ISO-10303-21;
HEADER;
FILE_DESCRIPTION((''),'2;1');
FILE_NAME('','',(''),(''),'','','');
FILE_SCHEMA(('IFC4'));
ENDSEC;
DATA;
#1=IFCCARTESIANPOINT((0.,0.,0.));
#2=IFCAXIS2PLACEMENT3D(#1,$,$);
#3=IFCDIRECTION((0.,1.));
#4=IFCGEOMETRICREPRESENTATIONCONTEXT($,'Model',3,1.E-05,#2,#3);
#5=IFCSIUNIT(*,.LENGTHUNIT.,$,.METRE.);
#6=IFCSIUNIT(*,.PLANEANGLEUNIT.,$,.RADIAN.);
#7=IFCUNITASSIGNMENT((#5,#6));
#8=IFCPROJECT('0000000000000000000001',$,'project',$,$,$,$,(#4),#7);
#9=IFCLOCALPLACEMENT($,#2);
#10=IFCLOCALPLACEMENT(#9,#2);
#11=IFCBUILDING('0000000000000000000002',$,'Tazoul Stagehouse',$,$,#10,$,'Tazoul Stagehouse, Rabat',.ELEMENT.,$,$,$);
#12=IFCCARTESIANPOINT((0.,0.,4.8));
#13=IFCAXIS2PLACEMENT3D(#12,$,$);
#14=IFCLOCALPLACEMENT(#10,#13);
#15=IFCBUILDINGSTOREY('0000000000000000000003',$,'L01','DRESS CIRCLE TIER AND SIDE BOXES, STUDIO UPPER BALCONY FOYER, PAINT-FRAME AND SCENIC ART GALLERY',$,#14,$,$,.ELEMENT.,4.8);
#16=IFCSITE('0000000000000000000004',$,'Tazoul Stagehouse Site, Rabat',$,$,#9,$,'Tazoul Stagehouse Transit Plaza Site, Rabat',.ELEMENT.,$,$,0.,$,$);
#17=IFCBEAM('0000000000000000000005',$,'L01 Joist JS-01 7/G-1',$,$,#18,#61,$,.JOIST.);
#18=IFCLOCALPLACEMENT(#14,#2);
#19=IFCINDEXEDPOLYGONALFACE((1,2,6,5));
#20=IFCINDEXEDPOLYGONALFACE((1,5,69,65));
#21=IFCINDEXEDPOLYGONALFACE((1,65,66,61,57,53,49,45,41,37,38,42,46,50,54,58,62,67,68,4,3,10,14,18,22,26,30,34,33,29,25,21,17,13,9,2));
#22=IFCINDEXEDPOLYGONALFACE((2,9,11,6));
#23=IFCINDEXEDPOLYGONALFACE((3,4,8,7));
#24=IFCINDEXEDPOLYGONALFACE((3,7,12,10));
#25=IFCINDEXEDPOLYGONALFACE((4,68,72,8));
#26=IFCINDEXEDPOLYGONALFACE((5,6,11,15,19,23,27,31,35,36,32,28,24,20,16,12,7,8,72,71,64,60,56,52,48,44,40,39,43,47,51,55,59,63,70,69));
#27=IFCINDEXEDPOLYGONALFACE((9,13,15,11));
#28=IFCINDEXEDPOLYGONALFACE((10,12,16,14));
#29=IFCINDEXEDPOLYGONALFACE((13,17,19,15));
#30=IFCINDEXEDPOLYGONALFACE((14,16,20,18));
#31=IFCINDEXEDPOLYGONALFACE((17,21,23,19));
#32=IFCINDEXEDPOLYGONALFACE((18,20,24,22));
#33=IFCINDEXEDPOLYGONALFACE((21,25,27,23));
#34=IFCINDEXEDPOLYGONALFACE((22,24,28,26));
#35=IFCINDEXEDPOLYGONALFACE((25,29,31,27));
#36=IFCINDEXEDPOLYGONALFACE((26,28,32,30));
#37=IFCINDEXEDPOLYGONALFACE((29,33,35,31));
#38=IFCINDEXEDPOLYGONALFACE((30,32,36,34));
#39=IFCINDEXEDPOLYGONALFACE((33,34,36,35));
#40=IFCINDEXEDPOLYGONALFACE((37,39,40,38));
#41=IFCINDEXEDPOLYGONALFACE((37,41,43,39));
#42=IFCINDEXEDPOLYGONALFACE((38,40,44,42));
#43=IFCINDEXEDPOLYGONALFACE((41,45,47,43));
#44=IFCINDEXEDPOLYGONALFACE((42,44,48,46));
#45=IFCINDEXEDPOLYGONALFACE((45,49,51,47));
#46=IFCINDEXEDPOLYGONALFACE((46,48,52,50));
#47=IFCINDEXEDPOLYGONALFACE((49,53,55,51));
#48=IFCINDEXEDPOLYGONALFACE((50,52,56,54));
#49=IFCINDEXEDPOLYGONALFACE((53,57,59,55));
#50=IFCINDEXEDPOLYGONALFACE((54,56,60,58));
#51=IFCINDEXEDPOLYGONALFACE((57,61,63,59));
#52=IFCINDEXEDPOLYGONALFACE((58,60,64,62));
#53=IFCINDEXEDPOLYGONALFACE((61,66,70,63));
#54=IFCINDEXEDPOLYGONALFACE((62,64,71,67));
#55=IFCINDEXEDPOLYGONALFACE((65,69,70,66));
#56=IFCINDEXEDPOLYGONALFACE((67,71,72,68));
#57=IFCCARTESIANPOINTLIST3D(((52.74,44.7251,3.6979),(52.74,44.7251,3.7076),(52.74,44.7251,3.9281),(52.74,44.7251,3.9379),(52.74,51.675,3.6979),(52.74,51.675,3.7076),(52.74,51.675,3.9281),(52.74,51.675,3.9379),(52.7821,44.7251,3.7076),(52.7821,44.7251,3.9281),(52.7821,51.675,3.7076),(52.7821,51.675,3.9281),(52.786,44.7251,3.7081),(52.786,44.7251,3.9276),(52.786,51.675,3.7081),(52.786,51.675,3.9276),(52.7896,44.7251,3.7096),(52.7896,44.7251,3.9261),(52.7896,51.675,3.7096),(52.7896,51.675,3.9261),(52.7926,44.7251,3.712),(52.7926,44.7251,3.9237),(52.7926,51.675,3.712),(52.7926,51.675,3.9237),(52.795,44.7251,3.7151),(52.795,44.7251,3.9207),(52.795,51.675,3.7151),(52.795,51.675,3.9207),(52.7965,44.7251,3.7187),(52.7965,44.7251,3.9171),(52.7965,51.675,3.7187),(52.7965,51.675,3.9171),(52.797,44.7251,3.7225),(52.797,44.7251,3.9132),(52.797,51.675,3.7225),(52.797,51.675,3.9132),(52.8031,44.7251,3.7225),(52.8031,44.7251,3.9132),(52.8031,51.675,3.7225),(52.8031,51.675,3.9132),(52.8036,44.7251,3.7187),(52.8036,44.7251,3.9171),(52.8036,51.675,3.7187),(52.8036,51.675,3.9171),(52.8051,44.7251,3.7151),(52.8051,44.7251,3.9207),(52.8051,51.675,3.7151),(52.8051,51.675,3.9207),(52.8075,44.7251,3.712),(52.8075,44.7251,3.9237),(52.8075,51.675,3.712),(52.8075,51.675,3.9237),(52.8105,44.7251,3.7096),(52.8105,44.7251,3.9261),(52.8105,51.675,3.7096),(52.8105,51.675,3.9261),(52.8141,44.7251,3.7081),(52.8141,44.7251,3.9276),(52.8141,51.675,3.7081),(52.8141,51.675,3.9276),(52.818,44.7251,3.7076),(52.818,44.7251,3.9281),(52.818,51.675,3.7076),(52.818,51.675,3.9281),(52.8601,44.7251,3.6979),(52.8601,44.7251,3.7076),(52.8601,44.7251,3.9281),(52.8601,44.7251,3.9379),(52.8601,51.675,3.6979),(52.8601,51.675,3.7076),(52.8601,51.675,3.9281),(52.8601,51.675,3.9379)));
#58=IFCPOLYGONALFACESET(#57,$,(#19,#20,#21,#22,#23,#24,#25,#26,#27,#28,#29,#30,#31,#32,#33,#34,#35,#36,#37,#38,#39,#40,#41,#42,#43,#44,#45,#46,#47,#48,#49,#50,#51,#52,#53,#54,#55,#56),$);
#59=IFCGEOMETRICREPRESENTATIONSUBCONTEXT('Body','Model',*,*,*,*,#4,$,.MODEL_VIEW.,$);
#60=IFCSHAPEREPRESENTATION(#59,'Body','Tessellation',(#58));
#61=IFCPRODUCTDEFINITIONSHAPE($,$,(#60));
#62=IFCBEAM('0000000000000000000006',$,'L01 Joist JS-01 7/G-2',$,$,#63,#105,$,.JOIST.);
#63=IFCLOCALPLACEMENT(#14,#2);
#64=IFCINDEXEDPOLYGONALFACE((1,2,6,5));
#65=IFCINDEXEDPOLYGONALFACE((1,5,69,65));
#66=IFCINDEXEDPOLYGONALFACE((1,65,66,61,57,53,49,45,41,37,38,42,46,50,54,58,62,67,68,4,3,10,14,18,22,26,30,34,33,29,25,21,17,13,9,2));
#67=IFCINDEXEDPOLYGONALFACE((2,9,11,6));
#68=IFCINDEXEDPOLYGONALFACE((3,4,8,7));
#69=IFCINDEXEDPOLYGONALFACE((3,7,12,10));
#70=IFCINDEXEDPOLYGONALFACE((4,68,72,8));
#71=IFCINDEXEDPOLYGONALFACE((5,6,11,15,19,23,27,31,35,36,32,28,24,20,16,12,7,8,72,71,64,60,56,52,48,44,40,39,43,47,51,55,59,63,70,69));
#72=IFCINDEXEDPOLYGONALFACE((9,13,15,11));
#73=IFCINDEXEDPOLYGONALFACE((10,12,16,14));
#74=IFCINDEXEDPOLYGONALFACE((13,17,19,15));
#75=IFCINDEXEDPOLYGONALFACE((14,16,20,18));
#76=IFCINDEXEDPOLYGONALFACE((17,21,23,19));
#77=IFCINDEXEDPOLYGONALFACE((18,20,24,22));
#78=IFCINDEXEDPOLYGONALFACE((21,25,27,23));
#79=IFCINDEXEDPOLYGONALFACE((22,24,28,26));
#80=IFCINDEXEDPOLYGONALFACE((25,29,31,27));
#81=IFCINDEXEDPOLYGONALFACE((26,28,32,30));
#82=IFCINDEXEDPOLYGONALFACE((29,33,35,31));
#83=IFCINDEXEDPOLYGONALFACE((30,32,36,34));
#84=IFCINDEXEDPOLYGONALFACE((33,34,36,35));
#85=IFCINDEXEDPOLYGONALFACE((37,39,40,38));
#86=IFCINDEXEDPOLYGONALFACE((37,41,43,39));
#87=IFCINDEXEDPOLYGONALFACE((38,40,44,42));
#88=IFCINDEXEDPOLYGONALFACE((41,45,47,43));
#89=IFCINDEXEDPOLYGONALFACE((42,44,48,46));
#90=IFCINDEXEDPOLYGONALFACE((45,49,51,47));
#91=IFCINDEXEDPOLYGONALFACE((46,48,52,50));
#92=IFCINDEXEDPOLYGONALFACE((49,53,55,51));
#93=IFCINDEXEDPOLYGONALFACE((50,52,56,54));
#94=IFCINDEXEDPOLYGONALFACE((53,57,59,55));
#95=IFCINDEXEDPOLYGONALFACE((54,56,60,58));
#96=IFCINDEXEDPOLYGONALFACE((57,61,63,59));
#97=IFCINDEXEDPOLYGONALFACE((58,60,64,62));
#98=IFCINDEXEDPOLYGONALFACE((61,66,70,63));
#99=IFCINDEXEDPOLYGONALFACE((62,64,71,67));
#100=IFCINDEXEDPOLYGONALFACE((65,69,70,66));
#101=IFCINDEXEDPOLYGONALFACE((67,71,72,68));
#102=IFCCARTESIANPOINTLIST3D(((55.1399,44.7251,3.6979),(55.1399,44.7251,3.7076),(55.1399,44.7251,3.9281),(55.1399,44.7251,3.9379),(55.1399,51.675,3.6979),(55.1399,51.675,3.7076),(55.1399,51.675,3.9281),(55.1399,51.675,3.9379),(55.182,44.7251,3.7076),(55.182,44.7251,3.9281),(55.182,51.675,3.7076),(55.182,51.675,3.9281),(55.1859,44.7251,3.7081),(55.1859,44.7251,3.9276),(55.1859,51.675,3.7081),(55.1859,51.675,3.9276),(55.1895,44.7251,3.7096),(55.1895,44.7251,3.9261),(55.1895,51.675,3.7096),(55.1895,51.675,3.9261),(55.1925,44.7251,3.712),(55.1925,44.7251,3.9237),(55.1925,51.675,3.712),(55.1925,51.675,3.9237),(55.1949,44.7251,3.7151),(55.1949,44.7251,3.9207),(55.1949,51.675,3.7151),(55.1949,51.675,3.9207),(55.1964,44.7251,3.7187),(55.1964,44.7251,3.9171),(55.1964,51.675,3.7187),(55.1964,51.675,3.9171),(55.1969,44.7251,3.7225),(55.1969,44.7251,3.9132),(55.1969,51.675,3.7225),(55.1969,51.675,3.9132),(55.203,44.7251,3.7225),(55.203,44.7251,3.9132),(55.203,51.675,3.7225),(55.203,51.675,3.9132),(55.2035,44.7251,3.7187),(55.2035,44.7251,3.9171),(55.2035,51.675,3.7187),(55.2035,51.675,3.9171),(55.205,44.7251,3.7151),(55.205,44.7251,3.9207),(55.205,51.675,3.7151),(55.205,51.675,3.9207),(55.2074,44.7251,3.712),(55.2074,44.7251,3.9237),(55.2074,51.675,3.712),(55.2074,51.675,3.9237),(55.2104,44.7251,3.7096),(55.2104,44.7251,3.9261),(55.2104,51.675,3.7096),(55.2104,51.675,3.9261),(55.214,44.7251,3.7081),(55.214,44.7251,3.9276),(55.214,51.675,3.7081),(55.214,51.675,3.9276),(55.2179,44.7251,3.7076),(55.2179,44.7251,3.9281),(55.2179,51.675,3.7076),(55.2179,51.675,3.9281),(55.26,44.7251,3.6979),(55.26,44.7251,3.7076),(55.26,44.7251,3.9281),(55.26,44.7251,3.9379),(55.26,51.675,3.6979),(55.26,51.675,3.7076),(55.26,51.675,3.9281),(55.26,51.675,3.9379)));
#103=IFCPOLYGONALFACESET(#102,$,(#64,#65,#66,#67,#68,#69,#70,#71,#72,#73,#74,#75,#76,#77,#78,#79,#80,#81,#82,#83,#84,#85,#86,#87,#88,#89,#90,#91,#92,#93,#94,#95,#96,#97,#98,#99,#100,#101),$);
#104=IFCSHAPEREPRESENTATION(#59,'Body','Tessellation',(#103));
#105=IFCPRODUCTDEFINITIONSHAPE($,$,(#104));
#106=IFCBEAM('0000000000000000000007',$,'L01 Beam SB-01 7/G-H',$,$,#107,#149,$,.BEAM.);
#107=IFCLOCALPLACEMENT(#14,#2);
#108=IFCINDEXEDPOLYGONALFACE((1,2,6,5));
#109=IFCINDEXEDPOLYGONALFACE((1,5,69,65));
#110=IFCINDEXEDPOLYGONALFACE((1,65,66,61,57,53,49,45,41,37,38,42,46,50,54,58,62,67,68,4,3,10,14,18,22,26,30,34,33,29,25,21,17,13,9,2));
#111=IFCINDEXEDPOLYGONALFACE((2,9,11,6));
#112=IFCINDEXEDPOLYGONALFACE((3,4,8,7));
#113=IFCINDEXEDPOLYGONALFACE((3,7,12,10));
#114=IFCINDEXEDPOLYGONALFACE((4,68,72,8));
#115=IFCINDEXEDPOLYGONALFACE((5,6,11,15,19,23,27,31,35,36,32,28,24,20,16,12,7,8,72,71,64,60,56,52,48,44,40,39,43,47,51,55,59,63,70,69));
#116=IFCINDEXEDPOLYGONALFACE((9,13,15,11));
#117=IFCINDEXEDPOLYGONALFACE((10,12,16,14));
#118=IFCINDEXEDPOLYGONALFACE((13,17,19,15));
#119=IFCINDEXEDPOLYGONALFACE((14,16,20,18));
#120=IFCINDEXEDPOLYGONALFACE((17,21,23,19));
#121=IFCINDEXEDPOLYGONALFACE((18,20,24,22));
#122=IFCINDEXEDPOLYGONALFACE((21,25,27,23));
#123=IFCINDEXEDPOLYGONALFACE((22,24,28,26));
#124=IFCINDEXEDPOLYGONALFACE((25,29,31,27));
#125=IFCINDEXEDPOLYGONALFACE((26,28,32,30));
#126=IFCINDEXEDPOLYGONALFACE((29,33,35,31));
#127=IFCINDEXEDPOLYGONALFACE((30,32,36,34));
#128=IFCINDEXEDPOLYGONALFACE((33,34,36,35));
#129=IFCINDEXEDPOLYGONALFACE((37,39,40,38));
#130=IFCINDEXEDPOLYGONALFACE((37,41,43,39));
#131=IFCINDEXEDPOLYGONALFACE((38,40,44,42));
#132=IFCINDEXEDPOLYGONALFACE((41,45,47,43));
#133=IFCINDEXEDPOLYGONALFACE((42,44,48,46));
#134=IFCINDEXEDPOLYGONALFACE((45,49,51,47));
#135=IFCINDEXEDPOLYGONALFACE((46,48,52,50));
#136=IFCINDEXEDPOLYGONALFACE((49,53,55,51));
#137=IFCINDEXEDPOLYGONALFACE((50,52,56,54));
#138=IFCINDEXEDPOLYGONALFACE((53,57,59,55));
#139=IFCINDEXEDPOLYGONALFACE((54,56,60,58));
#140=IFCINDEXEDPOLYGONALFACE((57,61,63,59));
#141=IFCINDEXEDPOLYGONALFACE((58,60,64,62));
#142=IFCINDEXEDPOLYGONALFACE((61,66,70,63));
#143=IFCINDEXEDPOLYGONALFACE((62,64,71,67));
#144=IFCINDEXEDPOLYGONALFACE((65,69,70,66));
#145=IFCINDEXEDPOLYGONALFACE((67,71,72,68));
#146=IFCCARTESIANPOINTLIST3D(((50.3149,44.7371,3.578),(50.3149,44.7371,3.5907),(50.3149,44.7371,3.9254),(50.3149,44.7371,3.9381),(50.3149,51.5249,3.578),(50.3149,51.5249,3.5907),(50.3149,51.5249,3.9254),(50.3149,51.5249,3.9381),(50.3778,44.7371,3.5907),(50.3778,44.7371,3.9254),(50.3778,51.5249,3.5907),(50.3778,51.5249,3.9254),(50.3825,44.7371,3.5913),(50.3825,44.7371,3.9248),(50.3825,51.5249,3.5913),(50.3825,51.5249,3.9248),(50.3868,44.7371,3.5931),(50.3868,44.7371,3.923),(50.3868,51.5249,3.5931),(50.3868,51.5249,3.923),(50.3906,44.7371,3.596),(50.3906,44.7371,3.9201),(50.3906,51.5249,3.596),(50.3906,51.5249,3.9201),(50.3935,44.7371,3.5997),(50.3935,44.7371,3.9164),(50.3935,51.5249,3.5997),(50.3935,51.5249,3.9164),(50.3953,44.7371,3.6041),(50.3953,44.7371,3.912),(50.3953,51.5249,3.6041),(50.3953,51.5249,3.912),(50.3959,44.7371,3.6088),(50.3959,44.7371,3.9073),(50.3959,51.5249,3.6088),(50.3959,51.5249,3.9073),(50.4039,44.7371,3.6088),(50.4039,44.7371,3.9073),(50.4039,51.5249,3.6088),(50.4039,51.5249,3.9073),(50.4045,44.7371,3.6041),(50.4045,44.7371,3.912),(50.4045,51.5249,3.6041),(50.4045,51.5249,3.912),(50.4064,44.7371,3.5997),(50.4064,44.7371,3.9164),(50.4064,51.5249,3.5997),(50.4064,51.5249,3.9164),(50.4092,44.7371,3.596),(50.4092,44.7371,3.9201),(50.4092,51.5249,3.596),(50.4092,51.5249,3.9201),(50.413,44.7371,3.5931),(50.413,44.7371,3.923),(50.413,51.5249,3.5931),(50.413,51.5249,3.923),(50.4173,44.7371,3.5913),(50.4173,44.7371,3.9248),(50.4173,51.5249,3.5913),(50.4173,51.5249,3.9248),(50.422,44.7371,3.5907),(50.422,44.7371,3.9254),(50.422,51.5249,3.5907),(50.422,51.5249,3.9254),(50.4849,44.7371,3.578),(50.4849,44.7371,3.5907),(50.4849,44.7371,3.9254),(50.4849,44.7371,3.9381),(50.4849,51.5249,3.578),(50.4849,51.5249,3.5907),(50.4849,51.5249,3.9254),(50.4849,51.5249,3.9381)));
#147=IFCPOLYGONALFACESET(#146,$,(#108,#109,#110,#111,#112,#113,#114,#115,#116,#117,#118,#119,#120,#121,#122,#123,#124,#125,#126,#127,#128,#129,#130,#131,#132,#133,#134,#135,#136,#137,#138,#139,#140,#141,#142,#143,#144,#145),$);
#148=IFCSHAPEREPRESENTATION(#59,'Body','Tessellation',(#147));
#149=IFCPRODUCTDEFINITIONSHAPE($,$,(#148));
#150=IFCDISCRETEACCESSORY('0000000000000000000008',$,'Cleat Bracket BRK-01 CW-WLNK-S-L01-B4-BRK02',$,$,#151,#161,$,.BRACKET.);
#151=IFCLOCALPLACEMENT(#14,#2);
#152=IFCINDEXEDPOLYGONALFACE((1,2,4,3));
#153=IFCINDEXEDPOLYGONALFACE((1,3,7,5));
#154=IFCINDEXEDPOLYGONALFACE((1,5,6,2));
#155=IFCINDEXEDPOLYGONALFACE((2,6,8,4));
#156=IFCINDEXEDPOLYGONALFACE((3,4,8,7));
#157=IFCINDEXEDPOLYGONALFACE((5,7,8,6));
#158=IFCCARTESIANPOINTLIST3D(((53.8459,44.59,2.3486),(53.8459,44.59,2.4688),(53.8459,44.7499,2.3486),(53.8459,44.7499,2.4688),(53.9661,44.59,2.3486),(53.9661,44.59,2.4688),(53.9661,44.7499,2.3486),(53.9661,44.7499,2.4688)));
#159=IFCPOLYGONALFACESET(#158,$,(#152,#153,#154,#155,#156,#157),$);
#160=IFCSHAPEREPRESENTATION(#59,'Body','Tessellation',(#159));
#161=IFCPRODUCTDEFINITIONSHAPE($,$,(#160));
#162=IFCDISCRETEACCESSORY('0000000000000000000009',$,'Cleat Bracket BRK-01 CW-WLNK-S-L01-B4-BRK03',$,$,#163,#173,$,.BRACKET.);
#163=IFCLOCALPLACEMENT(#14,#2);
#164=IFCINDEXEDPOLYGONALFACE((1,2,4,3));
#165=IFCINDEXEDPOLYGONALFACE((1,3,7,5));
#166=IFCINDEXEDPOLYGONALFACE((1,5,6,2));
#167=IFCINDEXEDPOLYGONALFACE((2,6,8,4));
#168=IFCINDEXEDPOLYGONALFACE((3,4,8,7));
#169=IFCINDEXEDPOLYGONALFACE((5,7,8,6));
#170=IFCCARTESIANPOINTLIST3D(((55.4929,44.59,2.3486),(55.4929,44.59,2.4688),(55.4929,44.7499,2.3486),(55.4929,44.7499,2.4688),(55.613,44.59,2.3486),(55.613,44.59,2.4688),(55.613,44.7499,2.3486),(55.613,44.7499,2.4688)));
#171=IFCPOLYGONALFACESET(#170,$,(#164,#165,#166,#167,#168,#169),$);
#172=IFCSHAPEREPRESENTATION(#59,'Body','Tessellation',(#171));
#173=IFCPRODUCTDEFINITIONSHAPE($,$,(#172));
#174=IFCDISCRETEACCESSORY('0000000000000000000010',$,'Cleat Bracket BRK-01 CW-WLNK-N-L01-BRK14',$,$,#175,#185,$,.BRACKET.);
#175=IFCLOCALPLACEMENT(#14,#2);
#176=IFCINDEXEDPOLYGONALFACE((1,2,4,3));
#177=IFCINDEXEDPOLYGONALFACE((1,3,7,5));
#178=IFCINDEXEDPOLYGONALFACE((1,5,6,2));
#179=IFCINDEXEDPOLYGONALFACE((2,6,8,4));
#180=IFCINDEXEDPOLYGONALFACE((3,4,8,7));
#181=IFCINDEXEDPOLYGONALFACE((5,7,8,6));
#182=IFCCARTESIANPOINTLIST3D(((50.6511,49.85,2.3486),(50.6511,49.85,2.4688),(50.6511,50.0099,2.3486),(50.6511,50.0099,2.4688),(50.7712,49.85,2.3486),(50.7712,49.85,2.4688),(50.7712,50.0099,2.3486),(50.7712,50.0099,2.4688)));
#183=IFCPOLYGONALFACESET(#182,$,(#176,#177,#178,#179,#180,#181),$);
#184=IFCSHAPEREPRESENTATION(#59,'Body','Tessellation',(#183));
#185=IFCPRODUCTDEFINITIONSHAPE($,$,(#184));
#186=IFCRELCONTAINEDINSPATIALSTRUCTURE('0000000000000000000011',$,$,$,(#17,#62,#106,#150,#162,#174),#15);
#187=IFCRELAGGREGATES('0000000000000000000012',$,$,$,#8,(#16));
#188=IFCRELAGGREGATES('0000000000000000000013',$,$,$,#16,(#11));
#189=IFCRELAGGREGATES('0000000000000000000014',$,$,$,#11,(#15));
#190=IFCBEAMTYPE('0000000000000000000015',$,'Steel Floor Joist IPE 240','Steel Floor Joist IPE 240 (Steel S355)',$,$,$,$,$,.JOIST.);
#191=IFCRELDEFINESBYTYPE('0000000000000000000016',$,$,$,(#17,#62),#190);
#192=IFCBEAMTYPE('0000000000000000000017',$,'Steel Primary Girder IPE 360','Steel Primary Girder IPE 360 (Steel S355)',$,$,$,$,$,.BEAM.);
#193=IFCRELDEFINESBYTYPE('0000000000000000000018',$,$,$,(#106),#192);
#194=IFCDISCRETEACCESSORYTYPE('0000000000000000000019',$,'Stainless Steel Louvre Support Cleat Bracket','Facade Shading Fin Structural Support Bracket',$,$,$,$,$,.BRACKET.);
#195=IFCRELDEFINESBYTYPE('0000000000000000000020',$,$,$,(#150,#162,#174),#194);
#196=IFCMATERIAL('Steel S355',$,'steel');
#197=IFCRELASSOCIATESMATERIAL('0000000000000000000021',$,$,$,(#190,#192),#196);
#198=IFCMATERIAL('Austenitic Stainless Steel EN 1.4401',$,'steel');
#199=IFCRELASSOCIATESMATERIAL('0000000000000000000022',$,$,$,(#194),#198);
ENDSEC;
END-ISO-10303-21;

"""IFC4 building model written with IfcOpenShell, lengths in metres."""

from ifc_helpers import new_model, si_unit, direction, frame, origin, origin_2d, place, context, subcontext, project, spatial, rectangle, i_section, extrude, material, material_profile, profile_set, type_object, element, save


model = new_model("IFC4")

# Units and contexts
model_context = context("Model", 3, precision=1e-05, world=origin(), true_north=direction((0.0, 1.0)))
body_context = subcontext(model_context, "Body", "Model", "MODEL_VIEW")
ifc_project = project(units=[si_unit("LENGTHUNIT", "METRE"), si_unit("PLANEANGLEUNIT", "RADIAN")], contexts=[model_context])

# Site, building, storey
site_placement = place(None, origin())
building_placement = place(site_placement, origin())
storey_placement = place(building_placement, frame((0.0, 0.0, 4.8)))
site = spatial("IfcSite", under=ifc_project, at=site_placement, Name="Tazoul Stagehouse Site, Rabat", LongName="Tazoul Stagehouse Transit Plaza Site, Rabat", CompositionType="ELEMENT", RefElevation=0.0)
building = spatial("IfcBuilding", under=site, at=building_placement, Name="Tazoul Stagehouse", LongName="Tazoul Stagehouse, Rabat", CompositionType="ELEMENT")
storey = spatial("IfcBuildingStorey", under=building, at=storey_placement, Name="L01", Description="DRESS CIRCLE TIER AND SIDE BOXES, STUDIO UPPER BALCONY FOYER, PAINT-FRAME AND SCENIC ART GALLERY", CompositionType="ELEMENT", Elevation=4.8)

# Beams
ifc_material_1 = material(Name="Steel S355", Category="steel")
ifc_material_profile_1 = material_profile(ifc_material_1, i_section(OverallWidth=0.1201, OverallDepth=0.24, WebThickness=0.0061, FlangeThickness=0.0098, FilletRadius=0.0149, at=origin_2d()), Name="IPE 240")
ifc_profile_set_1 = profile_set([ifc_material_profile_1], Name="Steel S355")
beam_type_1 = type_object("IfcBeamType", Name="Steel Floor Joist IPE 240", Description="Steel Floor Joist IPE 240 (Steel S355)", PredefinedType="JOIST", material=ifc_profile_set_1)
for number, where, z_axis, x_axis, name in (
    (1, (52.8, 44.7251, 3.8179), (0.0, 1.0, 0.0), (-1.0, 0.0, 0.0), "L01 Joist JS-01 7/G-1"),
    (2, (55.2, 44.7251, 3.8179), (0.0, 1.0, 0.0), (-1.0, 0.0, 0.0), "L01 Joist JS-01 7/G-2"),
):
    element("IfcBeam", number, at=place(storey_placement, frame(where, z_axis=z_axis, x_axis=x_axis)), inside=storey, type_object=beam_type_1, Name=name, PredefinedType="JOIST", context=body_context, shape_type="SweptSolid", body=[
        extrude(i_section(OverallWidth=0.1201, OverallDepth=0.24, WebThickness=0.0061, FlangeThickness=0.0098, FilletRadius=0.0149, at=origin_2d()), origin(), (0.0, 0.0, 1.0), 6.95),
    ])
ifc_material_profile_2 = material_profile(ifc_material_1, i_section(OverallWidth=0.1699, OverallDepth=0.3601, WebThickness=0.0081, FlangeThickness=0.0127, FilletRadius=0.0181, at=origin_2d()), Name="IPE 360")
ifc_profile_set_2 = profile_set([ifc_material_profile_2], Name="Steel S355")
beam_type_2 = type_object("IfcBeamType", Name="Steel Primary Girder IPE 360", Description="Steel Primary Girder IPE 360 (Steel S355)", PredefinedType="BEAM", material=ifc_profile_set_2)
beam_placement = place(storey_placement, frame((50.3999, 44.7371, 3.7581), z_axis=(0.0, 1.0, 0.0), x_axis=(-1.0, 0.0, 0.0)))
element("IfcBeam", 3, at=beam_placement, inside=storey, type_object=beam_type_2, Name="L01 Beam SB-01 7/G-H", PredefinedType="BEAM", context=body_context, shape_type="SweptSolid", body=[
    extrude(i_section(OverallWidth=0.1699, OverallDepth=0.3601, WebThickness=0.0081, FlangeThickness=0.0127, FilletRadius=0.0181, at=origin_2d()), origin(), (0.0, 0.0, 1.0), 6.7878),
])

# Discrete accessories
ifc_material_2 = material(Name="Austenitic Stainless Steel EN 1.4401", Category="steel")
discrete_accessory_type = type_object("IfcDiscreteAccessoryType", Name="Stainless Steel Louvre Support Cleat Bracket", Description="Facade Shading Fin Structural Support Bracket", PredefinedType="BRACKET", material=ifc_material_2)
for number, where, z_axis, x_axis, name in (
    (4, (53.906, 44.6699, 2.3486), (0.0, 0.0, 1.0), (1.0, 0.0, 0.0), "Cleat Bracket BRK-01 CW-WLNK-S-L01-B4-BRK02"),
    (5, (55.553, 44.6699, 2.3486), (0.0, 0.0, 1.0), (1.0, 0.0, 0.0), "Cleat Bracket BRK-01 CW-WLNK-S-L01-B4-BRK03"),
    (6, (50.7112, 49.9299, 2.3486), (0.0, 0.0, 1.0), (1.0, 0.0, 0.0), "Cleat Bracket BRK-01 CW-WLNK-N-L01-BRK14"),
):
    element("IfcDiscreteAccessory", number, at=place(storey_placement, frame(where, z_axis=z_axis, x_axis=x_axis)), inside=storey, type_object=discrete_accessory_type, Name=name, PredefinedType="BRACKET", context=body_context, shape_type="SweptSolid", body=[
        extrude(rectangle(XDim=0.1201, YDim=0.1599, at=origin_2d()), origin(), (0.0, 0.0, 1.0), 0.1201),
    ])

save(model, "model.ifc")
